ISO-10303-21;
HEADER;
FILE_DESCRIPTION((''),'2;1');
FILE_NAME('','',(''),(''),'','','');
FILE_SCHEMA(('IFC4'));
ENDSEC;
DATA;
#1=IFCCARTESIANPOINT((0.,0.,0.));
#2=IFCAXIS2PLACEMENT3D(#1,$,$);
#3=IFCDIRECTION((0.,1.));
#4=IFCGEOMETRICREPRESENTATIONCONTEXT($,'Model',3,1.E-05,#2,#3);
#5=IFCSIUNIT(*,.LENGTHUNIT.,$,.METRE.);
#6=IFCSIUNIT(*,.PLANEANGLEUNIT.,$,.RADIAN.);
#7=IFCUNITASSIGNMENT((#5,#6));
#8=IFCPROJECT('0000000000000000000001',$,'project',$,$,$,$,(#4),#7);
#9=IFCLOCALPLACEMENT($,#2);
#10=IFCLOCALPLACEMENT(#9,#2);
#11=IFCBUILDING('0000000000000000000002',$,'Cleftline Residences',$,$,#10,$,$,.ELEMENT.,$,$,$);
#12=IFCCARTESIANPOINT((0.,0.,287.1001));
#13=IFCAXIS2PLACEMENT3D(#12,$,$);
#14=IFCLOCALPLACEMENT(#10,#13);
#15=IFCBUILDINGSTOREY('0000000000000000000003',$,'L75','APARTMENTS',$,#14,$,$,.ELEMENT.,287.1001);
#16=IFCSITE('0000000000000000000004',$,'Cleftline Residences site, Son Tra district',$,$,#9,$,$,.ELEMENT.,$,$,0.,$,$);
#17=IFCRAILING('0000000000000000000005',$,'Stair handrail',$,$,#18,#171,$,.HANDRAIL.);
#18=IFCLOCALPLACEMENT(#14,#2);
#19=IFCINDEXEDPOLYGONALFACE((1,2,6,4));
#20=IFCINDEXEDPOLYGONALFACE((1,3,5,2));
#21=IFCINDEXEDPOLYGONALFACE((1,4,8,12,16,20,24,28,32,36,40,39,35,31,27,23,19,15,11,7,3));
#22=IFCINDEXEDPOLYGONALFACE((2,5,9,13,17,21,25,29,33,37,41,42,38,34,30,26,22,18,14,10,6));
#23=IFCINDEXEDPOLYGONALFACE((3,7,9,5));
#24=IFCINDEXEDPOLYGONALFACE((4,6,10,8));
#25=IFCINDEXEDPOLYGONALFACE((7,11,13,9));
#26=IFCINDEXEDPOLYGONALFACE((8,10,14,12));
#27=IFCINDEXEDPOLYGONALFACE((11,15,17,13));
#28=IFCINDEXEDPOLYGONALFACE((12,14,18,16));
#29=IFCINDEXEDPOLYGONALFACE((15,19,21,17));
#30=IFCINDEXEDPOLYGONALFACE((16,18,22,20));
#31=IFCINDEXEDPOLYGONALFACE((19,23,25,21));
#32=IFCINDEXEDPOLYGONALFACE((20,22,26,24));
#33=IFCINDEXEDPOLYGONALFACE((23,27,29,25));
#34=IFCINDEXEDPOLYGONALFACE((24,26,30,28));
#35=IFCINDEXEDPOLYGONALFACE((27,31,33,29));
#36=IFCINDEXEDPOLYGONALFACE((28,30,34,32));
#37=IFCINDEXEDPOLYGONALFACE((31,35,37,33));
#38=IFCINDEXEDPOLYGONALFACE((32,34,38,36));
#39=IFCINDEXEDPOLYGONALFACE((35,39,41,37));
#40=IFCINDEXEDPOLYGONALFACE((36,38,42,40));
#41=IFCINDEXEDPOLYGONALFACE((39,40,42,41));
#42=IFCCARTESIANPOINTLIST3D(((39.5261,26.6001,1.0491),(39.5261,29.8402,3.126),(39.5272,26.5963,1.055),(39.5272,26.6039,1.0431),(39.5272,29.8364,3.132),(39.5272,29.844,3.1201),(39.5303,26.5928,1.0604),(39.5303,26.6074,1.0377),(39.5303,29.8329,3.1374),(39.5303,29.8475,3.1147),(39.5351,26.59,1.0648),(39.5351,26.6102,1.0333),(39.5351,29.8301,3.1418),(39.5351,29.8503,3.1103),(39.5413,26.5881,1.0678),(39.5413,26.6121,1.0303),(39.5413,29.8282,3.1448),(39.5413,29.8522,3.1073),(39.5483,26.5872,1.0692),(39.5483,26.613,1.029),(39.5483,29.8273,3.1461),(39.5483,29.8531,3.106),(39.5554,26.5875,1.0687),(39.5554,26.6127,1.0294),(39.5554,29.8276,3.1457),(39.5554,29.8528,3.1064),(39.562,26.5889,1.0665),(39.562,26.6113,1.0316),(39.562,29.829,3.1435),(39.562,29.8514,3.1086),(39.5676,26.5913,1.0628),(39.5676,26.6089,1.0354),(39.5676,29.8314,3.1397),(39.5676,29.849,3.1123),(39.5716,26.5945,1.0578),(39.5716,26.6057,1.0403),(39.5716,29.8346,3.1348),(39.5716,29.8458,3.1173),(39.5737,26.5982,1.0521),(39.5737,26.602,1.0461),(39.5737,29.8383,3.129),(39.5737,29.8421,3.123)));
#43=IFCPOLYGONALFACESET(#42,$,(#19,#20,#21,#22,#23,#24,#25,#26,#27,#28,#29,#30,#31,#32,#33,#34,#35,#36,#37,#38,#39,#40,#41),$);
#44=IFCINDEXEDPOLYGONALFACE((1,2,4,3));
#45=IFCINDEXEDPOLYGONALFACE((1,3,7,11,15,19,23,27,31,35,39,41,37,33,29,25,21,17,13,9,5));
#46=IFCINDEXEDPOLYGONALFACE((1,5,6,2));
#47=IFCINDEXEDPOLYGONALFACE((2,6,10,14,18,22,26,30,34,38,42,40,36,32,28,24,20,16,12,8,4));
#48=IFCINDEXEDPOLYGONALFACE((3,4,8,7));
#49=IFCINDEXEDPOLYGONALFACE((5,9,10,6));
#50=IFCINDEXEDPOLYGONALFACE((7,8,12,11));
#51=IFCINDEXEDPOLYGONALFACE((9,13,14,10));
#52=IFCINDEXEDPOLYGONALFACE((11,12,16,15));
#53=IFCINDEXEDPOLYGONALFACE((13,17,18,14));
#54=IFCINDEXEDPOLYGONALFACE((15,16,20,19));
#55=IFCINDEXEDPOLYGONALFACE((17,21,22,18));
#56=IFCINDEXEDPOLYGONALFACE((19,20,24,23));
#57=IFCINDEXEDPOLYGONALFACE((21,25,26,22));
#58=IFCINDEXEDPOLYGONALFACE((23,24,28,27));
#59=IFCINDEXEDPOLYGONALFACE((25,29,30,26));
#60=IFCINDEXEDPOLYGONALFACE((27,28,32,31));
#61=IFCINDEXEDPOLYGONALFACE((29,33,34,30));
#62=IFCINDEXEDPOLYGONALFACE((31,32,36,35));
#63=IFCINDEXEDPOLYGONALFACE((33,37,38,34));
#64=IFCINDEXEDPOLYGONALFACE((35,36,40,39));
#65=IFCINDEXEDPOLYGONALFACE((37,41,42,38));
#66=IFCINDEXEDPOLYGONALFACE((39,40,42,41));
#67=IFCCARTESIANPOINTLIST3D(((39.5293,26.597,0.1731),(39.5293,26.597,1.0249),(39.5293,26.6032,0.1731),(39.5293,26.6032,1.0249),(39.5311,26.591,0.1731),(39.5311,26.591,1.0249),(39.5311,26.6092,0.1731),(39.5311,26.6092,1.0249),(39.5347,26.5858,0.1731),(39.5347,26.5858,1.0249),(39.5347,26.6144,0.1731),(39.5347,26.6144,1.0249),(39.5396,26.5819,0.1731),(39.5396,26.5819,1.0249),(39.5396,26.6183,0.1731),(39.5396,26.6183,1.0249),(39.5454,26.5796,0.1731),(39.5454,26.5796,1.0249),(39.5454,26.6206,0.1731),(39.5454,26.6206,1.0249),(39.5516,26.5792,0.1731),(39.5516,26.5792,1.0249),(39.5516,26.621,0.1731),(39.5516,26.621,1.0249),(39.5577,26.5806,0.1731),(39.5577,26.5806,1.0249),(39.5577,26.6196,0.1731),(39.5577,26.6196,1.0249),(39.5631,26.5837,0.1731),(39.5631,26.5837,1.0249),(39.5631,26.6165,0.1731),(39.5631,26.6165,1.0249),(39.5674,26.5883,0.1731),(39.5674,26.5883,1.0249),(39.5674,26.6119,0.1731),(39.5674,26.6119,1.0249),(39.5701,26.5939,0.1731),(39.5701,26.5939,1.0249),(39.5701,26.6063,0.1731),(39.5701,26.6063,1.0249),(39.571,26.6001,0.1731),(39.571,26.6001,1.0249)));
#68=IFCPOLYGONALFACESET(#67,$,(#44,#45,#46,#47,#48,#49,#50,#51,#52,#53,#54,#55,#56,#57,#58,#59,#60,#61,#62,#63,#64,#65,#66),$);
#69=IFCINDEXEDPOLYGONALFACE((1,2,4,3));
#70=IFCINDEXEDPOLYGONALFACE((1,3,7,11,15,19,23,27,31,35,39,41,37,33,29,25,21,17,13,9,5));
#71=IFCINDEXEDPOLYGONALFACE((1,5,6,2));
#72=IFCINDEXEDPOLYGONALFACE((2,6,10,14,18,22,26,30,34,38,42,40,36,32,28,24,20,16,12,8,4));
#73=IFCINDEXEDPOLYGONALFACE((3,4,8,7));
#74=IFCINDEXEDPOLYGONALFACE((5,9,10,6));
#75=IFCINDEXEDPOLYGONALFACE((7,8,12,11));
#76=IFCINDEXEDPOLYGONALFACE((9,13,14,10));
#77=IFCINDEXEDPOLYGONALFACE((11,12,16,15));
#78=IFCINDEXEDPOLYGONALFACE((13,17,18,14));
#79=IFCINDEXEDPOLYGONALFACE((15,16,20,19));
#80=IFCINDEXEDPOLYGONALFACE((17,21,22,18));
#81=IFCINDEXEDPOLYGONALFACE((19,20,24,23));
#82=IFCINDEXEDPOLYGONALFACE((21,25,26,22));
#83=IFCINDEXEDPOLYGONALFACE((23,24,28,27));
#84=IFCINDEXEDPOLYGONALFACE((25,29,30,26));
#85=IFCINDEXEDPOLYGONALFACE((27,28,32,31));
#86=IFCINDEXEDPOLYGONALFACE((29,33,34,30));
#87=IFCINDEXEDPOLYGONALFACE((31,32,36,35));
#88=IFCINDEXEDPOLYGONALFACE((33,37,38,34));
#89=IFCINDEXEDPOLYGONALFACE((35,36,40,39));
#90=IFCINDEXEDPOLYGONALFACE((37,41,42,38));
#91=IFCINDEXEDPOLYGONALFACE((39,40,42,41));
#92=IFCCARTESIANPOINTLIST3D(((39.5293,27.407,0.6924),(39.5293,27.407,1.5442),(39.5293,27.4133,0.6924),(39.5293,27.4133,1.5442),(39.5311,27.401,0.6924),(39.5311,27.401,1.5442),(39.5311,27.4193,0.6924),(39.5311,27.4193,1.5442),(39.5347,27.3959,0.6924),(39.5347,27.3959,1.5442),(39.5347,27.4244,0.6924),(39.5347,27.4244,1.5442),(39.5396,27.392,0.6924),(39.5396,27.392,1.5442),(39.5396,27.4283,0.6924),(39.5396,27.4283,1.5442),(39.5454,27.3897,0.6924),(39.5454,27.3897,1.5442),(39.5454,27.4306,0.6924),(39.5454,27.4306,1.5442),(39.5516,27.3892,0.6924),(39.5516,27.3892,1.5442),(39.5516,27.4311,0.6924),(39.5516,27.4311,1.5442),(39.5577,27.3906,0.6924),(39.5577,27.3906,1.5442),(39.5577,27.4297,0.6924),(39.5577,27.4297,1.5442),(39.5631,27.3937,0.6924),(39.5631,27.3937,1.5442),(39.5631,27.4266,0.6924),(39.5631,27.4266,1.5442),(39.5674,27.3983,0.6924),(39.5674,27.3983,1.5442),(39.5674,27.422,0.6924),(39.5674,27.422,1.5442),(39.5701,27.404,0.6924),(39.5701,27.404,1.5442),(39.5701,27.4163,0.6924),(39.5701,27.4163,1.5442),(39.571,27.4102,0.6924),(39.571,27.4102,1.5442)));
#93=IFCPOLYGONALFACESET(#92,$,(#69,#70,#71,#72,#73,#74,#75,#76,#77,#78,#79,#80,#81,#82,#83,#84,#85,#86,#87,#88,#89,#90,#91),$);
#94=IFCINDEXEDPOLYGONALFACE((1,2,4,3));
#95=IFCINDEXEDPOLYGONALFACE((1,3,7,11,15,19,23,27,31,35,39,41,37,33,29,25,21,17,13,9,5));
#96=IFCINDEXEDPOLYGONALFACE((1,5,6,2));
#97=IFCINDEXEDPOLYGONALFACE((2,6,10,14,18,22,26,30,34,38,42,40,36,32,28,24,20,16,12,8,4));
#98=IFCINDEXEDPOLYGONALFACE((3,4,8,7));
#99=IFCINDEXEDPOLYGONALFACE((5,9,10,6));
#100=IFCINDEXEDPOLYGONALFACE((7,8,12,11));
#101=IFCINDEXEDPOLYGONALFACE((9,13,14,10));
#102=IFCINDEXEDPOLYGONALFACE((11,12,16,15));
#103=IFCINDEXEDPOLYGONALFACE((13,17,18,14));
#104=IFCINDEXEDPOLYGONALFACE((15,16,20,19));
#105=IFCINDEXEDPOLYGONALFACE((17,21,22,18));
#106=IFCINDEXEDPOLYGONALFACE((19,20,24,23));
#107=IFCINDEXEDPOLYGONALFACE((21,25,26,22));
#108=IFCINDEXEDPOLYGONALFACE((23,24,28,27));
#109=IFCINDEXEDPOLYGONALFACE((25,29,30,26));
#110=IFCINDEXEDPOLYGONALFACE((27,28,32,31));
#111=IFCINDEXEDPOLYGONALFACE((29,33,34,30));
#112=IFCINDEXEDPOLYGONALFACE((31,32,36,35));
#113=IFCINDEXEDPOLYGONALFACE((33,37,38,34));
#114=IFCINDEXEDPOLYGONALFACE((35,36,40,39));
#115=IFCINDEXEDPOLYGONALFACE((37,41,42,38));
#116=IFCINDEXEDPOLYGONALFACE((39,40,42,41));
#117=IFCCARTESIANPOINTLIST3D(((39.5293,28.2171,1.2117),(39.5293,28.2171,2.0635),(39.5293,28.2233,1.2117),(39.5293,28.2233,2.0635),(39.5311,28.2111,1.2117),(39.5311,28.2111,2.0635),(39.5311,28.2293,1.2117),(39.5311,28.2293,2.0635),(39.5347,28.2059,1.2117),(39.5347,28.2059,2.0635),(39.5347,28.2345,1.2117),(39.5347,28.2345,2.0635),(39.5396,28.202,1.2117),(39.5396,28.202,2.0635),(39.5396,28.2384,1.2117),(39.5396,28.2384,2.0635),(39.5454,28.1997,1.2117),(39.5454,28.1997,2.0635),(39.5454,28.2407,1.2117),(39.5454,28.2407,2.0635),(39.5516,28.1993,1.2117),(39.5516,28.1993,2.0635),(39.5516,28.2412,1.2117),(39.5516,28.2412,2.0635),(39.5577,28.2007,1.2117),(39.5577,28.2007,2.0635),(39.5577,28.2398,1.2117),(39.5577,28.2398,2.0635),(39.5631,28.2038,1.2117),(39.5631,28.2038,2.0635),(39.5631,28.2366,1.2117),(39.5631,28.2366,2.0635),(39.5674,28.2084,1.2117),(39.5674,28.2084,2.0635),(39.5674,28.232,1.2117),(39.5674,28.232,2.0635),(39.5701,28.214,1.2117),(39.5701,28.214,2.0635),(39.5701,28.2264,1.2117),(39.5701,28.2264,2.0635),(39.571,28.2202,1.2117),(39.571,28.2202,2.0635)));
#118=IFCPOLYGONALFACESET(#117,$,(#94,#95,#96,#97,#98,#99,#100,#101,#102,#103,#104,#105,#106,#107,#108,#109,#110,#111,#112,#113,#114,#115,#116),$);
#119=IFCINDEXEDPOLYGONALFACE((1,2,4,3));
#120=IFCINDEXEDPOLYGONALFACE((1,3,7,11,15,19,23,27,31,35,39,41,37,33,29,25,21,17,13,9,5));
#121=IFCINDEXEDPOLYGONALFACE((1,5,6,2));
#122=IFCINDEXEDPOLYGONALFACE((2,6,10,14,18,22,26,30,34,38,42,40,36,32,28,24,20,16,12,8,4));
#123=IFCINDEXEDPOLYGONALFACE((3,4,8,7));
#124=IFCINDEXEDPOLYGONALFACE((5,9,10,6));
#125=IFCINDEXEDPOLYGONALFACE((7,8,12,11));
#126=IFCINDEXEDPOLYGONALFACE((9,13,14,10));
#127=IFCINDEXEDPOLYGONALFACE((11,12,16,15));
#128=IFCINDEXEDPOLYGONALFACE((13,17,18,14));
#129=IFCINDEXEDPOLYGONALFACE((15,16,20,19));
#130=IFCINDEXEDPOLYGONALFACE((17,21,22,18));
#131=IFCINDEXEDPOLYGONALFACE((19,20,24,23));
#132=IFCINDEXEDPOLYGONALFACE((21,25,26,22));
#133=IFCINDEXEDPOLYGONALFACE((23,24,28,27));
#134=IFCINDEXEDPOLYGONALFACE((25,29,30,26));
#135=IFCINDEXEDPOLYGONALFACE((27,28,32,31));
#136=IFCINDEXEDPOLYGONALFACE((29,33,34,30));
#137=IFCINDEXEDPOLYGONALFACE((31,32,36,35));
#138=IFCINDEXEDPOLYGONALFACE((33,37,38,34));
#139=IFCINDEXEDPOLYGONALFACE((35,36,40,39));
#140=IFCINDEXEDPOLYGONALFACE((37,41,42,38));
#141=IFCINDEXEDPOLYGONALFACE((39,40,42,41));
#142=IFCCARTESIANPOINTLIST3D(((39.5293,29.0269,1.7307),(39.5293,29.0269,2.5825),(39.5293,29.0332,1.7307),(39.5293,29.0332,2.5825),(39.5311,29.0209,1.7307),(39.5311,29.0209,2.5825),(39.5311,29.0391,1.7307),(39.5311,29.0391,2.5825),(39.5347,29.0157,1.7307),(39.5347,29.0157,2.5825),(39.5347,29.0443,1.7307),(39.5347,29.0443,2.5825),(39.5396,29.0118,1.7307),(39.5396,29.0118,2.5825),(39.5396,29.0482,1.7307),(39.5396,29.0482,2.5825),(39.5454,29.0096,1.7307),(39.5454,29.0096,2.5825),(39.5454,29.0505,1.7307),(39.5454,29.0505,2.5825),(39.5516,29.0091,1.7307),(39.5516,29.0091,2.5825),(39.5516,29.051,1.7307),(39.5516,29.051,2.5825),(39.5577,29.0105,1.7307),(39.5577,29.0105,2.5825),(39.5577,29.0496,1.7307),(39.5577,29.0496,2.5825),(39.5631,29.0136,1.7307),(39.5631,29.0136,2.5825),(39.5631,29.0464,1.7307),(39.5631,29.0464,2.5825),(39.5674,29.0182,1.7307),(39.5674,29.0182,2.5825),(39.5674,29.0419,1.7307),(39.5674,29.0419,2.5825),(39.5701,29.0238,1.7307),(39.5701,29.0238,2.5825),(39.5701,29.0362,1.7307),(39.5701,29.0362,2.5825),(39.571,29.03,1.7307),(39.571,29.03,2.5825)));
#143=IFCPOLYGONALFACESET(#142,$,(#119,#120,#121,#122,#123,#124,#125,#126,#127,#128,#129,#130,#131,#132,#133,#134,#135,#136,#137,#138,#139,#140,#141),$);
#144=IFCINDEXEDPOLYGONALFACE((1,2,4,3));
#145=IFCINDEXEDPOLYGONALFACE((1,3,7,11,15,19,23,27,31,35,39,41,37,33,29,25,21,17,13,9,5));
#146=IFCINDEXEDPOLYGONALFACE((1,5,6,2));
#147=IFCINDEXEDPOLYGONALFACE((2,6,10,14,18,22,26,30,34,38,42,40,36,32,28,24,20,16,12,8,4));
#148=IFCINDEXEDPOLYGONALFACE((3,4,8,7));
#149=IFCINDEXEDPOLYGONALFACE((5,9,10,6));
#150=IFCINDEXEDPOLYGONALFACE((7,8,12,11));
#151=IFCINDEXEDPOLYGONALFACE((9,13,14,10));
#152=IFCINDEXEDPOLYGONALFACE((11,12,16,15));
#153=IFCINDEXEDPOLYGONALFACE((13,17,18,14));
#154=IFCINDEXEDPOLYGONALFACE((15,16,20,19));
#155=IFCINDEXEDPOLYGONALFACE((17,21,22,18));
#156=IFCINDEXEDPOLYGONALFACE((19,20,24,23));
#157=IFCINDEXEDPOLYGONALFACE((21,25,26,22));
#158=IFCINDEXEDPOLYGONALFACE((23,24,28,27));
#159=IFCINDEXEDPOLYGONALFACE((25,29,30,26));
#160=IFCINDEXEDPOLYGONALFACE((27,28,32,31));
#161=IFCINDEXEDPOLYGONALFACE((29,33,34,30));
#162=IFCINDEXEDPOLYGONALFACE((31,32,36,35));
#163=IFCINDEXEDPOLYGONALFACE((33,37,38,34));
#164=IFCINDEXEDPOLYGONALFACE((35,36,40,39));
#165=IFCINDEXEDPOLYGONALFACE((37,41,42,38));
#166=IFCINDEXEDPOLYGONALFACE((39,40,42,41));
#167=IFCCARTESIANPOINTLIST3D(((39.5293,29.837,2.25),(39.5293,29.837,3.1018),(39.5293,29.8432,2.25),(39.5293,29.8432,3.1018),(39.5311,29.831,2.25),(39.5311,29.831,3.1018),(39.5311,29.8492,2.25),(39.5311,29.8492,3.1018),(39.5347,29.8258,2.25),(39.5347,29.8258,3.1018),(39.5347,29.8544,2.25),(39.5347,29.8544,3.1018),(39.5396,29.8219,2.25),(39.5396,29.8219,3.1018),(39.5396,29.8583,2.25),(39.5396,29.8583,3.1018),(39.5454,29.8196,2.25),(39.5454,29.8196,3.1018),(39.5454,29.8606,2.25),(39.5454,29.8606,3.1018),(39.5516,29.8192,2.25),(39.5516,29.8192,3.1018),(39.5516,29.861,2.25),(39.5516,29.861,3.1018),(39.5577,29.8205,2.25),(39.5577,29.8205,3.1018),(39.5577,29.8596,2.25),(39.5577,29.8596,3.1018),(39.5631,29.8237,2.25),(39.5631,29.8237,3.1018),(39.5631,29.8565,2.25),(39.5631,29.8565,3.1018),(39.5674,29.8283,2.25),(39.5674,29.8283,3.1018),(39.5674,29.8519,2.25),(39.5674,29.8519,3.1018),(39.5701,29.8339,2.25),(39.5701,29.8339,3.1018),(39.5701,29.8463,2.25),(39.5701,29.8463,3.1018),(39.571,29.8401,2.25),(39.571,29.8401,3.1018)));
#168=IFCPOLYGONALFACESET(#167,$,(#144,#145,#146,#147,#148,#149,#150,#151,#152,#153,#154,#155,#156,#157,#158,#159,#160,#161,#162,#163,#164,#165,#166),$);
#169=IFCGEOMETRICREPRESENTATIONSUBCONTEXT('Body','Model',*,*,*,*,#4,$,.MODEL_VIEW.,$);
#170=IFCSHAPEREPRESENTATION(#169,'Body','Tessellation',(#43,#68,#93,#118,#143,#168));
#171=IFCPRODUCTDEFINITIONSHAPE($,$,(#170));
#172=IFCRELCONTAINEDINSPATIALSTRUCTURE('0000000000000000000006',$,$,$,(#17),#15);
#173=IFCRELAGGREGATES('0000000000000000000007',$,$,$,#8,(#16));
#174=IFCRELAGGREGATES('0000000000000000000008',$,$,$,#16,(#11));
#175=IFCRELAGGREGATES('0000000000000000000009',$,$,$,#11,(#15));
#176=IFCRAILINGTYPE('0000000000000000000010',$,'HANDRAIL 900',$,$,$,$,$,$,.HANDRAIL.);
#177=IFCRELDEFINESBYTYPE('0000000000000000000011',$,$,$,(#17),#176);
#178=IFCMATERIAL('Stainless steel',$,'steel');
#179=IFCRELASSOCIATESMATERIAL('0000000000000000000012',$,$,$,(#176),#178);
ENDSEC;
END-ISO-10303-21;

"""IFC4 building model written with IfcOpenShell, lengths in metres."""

from ifc_helpers import new_model, si_unit, direction, frame, origin, origin_2d, place, context, subcontext, project, spatial, circle, extrude, material, type_object, element, save


model = new_model("IFC4")

# Units and contexts
model_context = context("Model", 3, precision=1e-05, world=origin(), true_north=direction((0.0, 1.0)))
body_context = subcontext(model_context, "Body", "Model", "MODEL_VIEW")
ifc_project = project(units=[si_unit("LENGTHUNIT", "METRE"), si_unit("PLANEANGLEUNIT", "RADIAN")], contexts=[model_context])

# Site, building, storey
site_placement = place(None, origin())
site = spatial("IfcSite", under=ifc_project, at=site_placement, Name="Cleftline Residences site, Son Tra district", CompositionType="ELEMENT", RefElevation=0.0)
building_placement = place(site_placement, origin())
building = spatial("IfcBuilding", under=site, at=building_placement, Name="Cleftline Residences", CompositionType="ELEMENT")
storey_placement = place(building_placement, frame((0.0, 0.0, 287.1001)))
storey = spatial("IfcBuildingStorey", under=building, at=storey_placement, Name="L75", Description="APARTMENTS", CompositionType="ELEMENT", Elevation=287.1001)

# Railing
ifc_material_1 = material(Name="Stainless steel", Category="steel")
railing_type = type_object("IfcRailingType", Name="HANDRAIL 900", PredefinedType="HANDRAIL", material=ifc_material_1)
railing_1_placement = place(storey_placement, frame((39.55, 26.6001, 0.1731)))
element("IfcRailing", 1, at=railing_1_placement, inside=storey, type_object=railing_type, Name="Stair handrail", PredefinedType="HANDRAIL", context=body_context, shape_type="SweptSolid", body=[
    extrude(circle(Radius=0.0239, at=origin_2d()), frame((0.0, 0.0, 0.876), z_axis=(0.0, 0.841881, 0.539664), x_axis=(-1.0, 0.0, 0.0)), (0.0, 0.0, 1.0), 3.8486),
    extrude(circle(Radius=0.021, at=origin_2d()), origin(), (0.0, 0.0, 1.0), 0.8518),
    extrude(circle(Radius=0.021, at=origin_2d()), frame((0.0, 0.8101, 0.5193)), (0.0, 0.0, 1.0), 0.8518),
    extrude(circle(Radius=0.021, at=origin_2d()), frame((0.0, 1.6201, 1.0386)), (0.0, 0.0, 1.0), 0.8518),
    extrude(circle(Radius=0.021, at=origin_2d()), frame((0.0, 2.4299, 1.5576)), (0.0, 0.0, 1.0), 0.8518),
    extrude(circle(Radius=0.021, at=origin_2d()), frame((0.0, 3.24, 2.0769)), (0.0, 0.0, 1.0), 0.8518),
])

save(model, "model.ifc")
